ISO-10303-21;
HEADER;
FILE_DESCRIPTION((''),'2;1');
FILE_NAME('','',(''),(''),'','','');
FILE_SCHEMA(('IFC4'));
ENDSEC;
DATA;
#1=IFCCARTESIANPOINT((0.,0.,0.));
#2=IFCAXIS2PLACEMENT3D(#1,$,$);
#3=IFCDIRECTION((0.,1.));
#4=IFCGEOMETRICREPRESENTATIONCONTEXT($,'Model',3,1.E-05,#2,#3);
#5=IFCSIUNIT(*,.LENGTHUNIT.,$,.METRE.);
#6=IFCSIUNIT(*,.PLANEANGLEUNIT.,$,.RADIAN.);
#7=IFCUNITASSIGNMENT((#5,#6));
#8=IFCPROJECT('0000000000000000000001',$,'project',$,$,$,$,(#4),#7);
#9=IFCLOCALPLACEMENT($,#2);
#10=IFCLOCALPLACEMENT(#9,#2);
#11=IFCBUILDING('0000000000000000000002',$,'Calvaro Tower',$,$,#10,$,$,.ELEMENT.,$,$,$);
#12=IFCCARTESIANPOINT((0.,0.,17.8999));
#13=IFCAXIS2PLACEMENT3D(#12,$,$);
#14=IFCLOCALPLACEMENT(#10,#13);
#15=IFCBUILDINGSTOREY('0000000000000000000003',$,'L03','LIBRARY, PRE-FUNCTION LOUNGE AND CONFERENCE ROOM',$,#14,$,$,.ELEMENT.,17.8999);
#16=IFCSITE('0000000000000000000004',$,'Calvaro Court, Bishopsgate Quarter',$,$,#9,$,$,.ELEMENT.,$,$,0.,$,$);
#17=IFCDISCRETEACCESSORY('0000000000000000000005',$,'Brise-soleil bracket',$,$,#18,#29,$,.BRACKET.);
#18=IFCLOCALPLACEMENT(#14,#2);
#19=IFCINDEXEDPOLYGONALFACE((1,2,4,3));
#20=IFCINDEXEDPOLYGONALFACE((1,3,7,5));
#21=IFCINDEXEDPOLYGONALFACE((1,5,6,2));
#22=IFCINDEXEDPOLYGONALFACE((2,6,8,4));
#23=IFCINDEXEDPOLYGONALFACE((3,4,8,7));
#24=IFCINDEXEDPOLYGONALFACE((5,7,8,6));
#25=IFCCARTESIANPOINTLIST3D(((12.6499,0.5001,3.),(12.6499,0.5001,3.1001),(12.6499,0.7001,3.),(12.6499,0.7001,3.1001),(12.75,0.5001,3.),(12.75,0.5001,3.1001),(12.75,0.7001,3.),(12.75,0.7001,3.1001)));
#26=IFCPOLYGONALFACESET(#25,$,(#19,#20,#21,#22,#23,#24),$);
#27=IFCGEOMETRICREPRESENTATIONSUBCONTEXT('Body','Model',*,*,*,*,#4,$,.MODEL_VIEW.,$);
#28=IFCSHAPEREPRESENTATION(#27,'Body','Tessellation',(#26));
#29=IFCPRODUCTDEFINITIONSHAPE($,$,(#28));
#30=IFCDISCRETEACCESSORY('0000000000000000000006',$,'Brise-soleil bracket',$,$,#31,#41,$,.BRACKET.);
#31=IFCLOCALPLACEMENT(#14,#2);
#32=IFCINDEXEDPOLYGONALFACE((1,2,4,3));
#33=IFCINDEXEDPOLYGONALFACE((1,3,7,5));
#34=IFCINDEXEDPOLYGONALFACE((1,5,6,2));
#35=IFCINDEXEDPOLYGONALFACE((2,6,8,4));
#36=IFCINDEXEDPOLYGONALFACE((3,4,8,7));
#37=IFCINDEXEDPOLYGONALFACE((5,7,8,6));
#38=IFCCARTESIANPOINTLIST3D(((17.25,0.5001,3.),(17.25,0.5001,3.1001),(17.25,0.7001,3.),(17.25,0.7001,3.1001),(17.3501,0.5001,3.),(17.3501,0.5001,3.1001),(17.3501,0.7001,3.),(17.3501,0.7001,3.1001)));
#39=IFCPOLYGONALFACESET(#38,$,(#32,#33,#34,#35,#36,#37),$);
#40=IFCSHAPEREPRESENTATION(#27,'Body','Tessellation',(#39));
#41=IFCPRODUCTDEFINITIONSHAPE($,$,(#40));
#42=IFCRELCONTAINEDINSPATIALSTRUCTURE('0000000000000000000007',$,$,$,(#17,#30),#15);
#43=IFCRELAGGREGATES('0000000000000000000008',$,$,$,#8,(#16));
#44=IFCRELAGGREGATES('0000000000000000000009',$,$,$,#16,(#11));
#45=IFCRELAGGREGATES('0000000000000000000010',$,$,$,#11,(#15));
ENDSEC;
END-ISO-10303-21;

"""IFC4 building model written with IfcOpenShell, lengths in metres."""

from ifc_helpers import new_model, si_unit, direction, frame, origin, origin_2d, place, context, subcontext, project, spatial, rectangle, extrude, element, save


model = new_model("IFC4")

# Units and contexts
model_context = context("Model", 3, precision=1e-05, world=origin(), true_north=direction((0.0, 1.0)))
body_context = subcontext(model_context, "Body", "Model", "MODEL_VIEW")
ifc_project = project(units=[si_unit("LENGTHUNIT", "METRE"), si_unit("PLANEANGLEUNIT", "RADIAN")], contexts=[model_context])

# Site, building, storey
site_placement = place(None, origin())
site = spatial("IfcSite", under=ifc_project, at=site_placement, Name="Calvaro Court, Bishopsgate Quarter", CompositionType="ELEMENT", RefElevation=0.0)
building_placement = place(site_placement, origin())
building = spatial("IfcBuilding", under=site, at=building_placement, Name="Calvaro Tower", CompositionType="ELEMENT")
storey_placement = place(building_placement, frame((0.0, 0.0, 17.8999)))
storey = spatial("IfcBuildingStorey", under=building, at=storey_placement, Name="L03", Description="LIBRARY, PRE-FUNCTION LOUNGE AND CONFERENCE ROOM", CompositionType="ELEMENT", Elevation=17.8999)

# Discrete accessories
for number, where, z_axis, x_axis, name in (
    (1, (12.7, 0.6001, 3.0), (0.0, 0.0, 1.0), (1.0, 0.0, 0.0), "Brise-soleil bracket"),
    (2, (17.3, 0.6001, 3.0), (0.0, 0.0, 1.0), (1.0, 0.0, 0.0), "Brise-soleil bracket"),
):
    element("IfcDiscreteAccessory", number, at=place(storey_placement, frame(where, z_axis=z_axis, x_axis=x_axis)), inside=storey, Name=name, PredefinedType="BRACKET", context=body_context, shape_type="SweptSolid", body=[
        extrude(rectangle(XDim=0.1001, YDim=0.2, at=origin_2d()), origin(), (0.0, 0.0, 1.0), 0.1001),
    ])

save(model, "model.ifc")
